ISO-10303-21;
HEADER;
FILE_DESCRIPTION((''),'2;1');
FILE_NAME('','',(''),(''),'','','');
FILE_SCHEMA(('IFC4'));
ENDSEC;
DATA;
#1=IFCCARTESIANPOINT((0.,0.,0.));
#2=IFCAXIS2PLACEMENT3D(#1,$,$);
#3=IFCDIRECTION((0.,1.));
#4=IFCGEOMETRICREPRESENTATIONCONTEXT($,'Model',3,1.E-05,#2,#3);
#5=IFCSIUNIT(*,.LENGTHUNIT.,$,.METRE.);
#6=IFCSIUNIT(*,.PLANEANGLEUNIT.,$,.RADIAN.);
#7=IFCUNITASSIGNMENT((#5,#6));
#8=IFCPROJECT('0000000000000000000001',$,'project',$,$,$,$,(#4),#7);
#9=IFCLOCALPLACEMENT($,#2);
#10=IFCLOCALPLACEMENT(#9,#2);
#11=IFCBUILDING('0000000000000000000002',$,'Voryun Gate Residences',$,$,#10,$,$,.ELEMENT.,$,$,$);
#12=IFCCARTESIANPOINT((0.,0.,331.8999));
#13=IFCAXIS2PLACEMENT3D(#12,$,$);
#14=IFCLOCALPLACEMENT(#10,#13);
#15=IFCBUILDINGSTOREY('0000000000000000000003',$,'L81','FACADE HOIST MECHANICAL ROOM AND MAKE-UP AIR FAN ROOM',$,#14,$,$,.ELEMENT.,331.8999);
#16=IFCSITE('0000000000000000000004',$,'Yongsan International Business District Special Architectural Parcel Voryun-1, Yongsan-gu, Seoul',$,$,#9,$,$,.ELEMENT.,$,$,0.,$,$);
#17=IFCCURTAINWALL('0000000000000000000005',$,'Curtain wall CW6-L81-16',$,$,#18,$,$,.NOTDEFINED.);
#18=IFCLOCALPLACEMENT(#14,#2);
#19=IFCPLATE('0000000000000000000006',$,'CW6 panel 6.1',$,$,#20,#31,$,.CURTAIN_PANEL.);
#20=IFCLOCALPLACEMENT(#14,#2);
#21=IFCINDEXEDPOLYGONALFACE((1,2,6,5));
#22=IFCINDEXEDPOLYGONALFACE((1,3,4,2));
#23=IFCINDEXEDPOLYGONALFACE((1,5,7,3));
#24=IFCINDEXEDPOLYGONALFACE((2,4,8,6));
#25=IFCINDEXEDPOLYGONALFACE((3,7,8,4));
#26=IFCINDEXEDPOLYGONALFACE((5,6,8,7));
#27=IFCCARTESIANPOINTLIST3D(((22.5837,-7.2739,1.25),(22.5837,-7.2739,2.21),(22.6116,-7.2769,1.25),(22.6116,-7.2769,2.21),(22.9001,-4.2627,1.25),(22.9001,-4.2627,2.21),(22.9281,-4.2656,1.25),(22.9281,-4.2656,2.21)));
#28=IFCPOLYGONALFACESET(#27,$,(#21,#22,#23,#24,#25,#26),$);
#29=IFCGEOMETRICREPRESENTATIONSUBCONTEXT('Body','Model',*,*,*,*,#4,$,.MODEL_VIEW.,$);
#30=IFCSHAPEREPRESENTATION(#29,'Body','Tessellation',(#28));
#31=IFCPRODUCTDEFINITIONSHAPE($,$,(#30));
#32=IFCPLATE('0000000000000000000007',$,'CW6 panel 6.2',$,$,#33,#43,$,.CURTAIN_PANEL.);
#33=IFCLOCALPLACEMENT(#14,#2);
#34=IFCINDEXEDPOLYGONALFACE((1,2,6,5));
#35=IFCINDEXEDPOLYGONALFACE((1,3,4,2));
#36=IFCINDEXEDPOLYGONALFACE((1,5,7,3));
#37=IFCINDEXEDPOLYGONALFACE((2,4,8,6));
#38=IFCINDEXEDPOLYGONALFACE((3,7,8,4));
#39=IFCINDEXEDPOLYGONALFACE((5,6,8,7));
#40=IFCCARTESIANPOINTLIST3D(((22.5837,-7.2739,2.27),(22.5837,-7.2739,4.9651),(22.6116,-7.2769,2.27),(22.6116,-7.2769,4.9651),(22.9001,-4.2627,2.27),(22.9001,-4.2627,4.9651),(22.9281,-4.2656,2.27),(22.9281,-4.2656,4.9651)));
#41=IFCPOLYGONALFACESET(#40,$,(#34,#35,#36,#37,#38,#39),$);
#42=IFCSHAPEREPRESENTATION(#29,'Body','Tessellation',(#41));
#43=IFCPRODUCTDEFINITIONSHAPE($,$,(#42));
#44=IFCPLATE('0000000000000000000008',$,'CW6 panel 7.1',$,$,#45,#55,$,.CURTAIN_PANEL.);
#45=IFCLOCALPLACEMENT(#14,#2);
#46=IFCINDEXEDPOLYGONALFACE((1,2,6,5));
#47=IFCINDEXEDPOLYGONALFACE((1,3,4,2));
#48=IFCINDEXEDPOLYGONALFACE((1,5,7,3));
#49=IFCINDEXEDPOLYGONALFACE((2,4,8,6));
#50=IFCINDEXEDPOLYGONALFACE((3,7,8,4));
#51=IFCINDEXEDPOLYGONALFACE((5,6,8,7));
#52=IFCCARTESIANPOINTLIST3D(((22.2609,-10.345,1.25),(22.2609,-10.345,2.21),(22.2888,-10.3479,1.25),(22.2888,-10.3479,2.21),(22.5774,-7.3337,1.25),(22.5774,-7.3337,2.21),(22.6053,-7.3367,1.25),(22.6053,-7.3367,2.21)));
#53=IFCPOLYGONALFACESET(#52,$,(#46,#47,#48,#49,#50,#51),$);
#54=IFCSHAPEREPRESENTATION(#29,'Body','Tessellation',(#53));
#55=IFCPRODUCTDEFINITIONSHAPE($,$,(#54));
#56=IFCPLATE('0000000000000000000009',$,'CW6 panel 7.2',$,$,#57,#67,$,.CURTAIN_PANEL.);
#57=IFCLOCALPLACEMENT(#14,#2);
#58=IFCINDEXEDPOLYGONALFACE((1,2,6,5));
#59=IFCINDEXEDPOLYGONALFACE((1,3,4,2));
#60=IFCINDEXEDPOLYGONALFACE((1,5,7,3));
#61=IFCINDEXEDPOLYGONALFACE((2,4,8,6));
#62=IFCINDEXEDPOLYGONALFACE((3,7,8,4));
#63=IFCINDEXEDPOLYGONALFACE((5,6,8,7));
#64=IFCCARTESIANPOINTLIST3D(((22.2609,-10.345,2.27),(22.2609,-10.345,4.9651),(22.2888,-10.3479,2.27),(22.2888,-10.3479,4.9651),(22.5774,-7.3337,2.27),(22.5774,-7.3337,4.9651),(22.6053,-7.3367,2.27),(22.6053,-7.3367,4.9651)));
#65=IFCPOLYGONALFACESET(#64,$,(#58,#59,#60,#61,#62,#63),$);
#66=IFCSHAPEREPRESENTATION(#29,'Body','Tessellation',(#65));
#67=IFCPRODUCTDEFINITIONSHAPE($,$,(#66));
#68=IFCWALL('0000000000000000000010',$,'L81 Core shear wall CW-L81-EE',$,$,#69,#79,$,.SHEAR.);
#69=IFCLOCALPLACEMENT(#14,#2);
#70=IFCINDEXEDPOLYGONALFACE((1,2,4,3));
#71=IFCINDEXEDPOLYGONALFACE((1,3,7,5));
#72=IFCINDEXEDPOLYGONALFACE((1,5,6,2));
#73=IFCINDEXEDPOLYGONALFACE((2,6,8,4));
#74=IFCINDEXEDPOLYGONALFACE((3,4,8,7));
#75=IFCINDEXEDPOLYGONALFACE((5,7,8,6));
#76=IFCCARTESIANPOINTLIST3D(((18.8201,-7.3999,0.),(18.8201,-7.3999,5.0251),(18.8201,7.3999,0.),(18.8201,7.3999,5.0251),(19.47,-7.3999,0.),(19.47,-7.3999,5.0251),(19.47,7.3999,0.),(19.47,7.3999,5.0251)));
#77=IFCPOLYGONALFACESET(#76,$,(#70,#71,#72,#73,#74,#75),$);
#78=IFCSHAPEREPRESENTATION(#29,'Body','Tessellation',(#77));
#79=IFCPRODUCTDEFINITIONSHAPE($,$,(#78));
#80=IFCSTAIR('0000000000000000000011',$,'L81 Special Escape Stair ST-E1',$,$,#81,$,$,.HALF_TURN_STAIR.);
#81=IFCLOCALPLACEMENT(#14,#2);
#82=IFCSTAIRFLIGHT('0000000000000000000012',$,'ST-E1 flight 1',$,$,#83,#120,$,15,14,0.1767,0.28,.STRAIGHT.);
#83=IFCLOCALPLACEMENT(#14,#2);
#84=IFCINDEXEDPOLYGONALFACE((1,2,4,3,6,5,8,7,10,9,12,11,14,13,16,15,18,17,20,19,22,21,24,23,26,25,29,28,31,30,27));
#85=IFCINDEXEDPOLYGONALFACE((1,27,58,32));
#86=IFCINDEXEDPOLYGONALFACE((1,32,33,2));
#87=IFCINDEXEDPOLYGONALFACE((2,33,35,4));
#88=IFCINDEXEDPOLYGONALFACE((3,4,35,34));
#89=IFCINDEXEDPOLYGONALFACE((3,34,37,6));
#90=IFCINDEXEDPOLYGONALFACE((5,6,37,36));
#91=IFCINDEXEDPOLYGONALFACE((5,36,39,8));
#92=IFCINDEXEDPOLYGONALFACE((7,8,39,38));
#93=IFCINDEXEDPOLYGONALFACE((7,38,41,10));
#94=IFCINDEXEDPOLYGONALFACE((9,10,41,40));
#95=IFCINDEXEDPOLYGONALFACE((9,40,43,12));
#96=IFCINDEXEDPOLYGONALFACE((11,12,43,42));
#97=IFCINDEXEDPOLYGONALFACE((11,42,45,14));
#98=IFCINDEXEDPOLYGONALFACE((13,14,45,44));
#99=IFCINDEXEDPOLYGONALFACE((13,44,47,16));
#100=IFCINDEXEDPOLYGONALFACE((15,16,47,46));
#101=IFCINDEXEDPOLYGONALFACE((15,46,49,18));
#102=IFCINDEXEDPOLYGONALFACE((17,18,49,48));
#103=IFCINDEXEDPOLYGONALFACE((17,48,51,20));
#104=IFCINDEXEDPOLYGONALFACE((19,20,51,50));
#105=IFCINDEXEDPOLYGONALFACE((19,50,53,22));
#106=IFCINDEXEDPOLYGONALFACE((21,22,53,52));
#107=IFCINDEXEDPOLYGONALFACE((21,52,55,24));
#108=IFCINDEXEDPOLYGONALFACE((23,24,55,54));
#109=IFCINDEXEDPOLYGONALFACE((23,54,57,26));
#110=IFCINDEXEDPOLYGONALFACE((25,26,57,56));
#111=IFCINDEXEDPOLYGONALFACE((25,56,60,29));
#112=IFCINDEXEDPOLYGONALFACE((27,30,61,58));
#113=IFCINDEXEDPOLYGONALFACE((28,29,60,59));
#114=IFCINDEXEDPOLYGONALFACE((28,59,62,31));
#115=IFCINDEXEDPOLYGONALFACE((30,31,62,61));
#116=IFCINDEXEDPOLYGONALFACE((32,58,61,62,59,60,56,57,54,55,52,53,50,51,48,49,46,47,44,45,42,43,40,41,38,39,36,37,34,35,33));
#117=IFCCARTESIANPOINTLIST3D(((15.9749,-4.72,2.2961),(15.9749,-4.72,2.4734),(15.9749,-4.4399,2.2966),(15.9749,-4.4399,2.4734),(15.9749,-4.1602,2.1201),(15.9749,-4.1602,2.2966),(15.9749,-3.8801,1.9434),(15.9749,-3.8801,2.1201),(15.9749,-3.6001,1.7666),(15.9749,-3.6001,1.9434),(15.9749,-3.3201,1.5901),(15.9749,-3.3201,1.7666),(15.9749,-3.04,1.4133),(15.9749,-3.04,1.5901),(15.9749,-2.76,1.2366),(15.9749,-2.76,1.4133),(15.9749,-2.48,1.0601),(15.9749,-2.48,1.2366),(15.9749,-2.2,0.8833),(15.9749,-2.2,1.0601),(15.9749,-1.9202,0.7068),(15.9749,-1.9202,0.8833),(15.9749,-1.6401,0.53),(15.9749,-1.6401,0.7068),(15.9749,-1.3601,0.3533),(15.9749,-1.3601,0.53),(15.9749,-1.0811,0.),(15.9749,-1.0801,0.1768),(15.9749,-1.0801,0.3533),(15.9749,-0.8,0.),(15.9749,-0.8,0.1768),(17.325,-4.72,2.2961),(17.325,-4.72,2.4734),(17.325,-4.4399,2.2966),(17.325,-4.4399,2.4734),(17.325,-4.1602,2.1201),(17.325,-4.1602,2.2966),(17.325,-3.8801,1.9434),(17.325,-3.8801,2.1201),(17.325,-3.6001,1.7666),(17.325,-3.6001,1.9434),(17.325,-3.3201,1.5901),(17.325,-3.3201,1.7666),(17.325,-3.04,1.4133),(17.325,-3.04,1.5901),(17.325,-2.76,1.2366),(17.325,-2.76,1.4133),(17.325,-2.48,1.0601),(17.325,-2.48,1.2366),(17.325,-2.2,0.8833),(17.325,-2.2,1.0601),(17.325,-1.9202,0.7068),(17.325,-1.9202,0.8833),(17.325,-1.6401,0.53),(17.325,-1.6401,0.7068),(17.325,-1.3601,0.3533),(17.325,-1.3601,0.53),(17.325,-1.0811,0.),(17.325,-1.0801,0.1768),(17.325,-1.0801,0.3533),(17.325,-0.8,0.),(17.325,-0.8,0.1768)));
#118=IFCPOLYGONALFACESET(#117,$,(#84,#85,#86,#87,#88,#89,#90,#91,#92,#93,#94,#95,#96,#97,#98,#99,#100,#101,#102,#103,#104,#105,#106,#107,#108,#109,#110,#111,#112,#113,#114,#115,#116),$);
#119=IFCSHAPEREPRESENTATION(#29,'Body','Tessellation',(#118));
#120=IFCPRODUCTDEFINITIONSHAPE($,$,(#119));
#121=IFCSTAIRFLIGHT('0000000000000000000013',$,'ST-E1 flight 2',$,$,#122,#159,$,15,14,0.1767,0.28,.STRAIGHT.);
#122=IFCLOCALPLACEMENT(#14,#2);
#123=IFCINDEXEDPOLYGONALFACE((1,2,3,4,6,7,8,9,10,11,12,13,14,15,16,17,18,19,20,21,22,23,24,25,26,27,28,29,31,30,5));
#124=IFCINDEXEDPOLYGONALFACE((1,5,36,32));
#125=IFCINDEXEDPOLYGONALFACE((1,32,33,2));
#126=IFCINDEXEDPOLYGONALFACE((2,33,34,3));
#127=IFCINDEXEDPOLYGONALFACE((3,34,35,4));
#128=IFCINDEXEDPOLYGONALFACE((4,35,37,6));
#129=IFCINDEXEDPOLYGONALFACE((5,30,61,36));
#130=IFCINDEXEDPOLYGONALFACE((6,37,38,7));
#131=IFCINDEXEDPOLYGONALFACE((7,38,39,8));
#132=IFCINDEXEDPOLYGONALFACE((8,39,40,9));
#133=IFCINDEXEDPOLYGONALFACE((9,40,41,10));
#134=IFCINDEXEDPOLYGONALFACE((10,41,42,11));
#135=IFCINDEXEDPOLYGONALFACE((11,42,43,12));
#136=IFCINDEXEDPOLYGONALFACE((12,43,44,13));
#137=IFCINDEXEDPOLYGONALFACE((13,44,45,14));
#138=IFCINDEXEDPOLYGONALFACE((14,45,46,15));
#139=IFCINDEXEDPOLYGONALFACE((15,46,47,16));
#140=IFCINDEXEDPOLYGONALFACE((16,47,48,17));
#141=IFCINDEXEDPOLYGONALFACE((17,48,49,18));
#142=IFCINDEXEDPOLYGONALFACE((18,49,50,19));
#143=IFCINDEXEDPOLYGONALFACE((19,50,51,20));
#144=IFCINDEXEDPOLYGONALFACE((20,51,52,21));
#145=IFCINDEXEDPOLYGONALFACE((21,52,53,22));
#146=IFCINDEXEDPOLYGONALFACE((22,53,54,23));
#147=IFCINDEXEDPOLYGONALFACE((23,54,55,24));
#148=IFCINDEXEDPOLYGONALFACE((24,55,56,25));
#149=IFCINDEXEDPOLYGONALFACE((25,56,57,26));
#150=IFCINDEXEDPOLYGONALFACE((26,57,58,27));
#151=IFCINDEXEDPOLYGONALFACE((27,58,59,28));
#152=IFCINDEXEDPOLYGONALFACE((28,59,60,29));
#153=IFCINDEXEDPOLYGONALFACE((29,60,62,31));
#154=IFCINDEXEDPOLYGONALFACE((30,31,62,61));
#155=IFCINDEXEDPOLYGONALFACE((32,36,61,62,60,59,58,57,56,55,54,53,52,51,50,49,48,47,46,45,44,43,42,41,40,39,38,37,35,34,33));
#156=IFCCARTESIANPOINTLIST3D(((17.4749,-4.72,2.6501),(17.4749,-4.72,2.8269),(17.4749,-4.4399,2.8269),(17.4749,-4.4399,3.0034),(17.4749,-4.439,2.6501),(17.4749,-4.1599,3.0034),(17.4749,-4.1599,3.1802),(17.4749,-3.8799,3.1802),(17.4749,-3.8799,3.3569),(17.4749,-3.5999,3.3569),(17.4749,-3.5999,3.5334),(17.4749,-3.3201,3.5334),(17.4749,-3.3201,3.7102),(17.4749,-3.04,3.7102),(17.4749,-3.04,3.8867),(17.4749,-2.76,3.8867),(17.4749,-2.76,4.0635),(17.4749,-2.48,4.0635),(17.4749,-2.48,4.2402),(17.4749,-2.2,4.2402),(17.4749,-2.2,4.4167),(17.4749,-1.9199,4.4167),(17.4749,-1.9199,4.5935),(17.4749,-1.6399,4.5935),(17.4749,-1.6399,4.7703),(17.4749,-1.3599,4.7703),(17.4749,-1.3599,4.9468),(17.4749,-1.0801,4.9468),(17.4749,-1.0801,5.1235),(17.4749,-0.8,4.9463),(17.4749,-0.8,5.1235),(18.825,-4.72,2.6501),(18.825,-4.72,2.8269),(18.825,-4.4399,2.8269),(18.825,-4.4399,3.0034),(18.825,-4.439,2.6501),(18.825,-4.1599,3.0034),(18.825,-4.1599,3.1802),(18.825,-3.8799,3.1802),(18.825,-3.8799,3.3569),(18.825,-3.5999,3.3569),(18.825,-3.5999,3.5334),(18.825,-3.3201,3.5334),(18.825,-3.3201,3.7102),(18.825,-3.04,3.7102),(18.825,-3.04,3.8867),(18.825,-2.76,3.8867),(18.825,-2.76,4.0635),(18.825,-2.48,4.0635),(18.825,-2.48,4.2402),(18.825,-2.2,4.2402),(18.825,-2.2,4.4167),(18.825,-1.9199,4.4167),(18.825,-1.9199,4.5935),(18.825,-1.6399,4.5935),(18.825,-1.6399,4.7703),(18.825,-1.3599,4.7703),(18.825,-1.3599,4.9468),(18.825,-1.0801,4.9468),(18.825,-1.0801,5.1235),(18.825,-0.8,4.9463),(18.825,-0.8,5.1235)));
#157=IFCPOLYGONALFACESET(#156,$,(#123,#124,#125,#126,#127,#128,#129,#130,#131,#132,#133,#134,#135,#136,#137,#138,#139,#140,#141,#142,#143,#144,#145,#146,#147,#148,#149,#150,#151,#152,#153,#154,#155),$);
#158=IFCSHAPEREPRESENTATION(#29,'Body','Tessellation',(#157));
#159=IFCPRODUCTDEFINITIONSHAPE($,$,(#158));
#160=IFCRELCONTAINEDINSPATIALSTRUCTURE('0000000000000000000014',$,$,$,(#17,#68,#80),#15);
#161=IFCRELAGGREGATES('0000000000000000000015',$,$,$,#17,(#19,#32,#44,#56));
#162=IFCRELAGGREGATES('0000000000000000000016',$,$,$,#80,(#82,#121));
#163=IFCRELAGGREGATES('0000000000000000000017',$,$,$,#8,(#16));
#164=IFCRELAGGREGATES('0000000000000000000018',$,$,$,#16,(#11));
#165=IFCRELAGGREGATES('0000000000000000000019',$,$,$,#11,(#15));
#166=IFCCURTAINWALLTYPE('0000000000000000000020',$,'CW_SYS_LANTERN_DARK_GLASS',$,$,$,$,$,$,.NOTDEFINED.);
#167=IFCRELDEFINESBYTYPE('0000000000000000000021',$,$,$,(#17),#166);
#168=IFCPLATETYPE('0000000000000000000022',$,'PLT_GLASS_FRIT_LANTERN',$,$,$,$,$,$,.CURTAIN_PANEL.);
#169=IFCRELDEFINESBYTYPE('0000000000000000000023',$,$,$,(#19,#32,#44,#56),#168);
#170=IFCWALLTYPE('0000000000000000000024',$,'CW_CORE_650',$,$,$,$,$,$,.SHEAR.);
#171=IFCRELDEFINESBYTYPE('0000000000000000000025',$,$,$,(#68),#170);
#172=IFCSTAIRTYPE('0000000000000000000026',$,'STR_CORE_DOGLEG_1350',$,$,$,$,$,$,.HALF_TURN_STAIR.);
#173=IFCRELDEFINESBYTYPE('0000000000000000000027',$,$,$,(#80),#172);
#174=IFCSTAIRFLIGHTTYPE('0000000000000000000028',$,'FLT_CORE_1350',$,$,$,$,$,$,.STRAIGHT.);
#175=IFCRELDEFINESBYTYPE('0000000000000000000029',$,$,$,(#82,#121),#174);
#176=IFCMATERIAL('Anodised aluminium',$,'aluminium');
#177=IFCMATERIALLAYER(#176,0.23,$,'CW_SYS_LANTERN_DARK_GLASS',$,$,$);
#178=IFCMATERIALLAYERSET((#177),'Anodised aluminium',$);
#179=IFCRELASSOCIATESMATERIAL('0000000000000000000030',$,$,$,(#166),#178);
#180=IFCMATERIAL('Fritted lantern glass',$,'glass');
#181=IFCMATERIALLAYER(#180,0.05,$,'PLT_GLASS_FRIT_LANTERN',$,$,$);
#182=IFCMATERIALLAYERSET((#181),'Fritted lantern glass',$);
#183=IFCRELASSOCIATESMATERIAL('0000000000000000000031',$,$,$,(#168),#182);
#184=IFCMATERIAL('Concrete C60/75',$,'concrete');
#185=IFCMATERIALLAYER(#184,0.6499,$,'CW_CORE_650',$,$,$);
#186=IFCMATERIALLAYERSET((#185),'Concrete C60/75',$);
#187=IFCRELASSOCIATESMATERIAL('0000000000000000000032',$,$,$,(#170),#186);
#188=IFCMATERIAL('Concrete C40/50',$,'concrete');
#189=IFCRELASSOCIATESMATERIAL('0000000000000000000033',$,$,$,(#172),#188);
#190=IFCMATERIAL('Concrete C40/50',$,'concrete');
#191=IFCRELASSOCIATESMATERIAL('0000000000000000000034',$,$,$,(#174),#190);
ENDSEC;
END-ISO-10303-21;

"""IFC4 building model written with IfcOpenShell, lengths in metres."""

from ifc_helpers import new_model, si_unit, direction, frame, frame_2d, origin, origin_2d, place, context, subcontext, project, spatial, polyline, rectangle, outline, extrude, material, layer, layer_set, type_object, element, aggregate, save


model = new_model("IFC4")

# Units and contexts
model_context = context("Model", 3, precision=1e-05, world=origin(), true_north=direction((0.0, 1.0)))
body_context = subcontext(model_context, "Body", "Model", "MODEL_VIEW")
ifc_project = project(units=[si_unit("LENGTHUNIT", "METRE"), si_unit("PLANEANGLEUNIT", "RADIAN")], contexts=[model_context])

# Site, building, storey
site_placement = place(None, origin())
site = spatial("IfcSite", under=ifc_project, at=site_placement, Name="Yongsan International Business District Special Architectural Parcel Voryun-1, Yongsan-gu, Seoul", CompositionType="ELEMENT", RefElevation=0.0)
building_placement = place(site_placement, origin())
building = spatial("IfcBuilding", under=site, at=building_placement, Name="Voryun Gate Residences", CompositionType="ELEMENT")
storey_placement = place(building_placement, frame((0.0, 0.0, 331.8999)))
storey = spatial("IfcBuildingStorey", under=building, at=storey_placement, Name="L81", Description="FACADE HOIST MECHANICAL ROOM AND MAKE-UP AIR FAN ROOM", CompositionType="ELEMENT", Elevation=331.8999)

# Curtain wall
ifc_material_1 = material(Name="Anodised aluminium", Category="aluminium")
ifc_layer_1 = layer(ifc_material_1, 0.23, Name="CW_SYS_LANTERN_DARK_GLASS")
ifc_layer_set_1 = layer_set([ifc_layer_1], Name="Anodised aluminium")
curtain_wall_type = type_object("IfcCurtainWallType", Name="CW_SYS_LANTERN_DARK_GLASS", PredefinedType="NOTDEFINED", material=ifc_layer_set_1)
curtain_wall_placement = place(storey_placement, origin())
curtain_wall = element("IfcCurtainWall", 1, at=curtain_wall_placement, inside=storey, type_object=curtain_wall_type, Name="Curtain wall CW6-L81-16", PredefinedType="NOTDEFINED")

# Plates
ifc_material_2 = material(Name="Fritted lantern glass", Category="glass")
ifc_layer_2 = layer(ifc_material_2, 0.05, Name="PLT_GLASS_FRIT_LANTERN")
ifc_layer_set_2 = layer_set([ifc_layer_2], Name="Fritted lantern glass")
plate_type_1 = type_object("IfcPlateType", Name="PLT_GLASS_FRIT_LANTERN", PredefinedType="CURTAIN_PANEL", material=ifc_layer_set_2)
plate_1_placement = place(storey_placement, frame((22.7559, -5.7698, 1.25), z_axis=(0.0, 0.0, 1.0), x_axis=(-0.104528, -0.994522, 0.0)))
plate_1 = element("IfcPlate", 2, at=plate_1_placement, type_object=plate_type_1, Name="CW6 panel 6.1", PredefinedType="CURTAIN_PANEL", context=body_context, shape_type="SweptSolid", body=[
    extrude(rectangle(XDim=3.0278, YDim=0.0281, at=origin_2d()), origin(), (0.0, 0.0, 1.0), 0.96),
])
plate_2_placement = place(storey_placement, frame((22.7559, -5.7698, 2.27), z_axis=(0.0, 0.0, 1.0), x_axis=(-0.104528, -0.994522, 0.0)))
plate_2 = element("IfcPlate", 3, at=plate_2_placement, type_object=plate_type_1, Name="CW6 panel 6.2", PredefinedType="CURTAIN_PANEL", context=body_context, shape_type="SweptSolid", body=[
    extrude(rectangle(XDim=3.0278, YDim=0.0281, at=origin_2d()), origin(), (0.0, 0.0, 1.0), 2.6951),
])
plate_3_placement = place(storey_placement, frame((22.4331, -8.8408, 1.25), z_axis=(0.0, 0.0, 1.0), x_axis=(-0.104528, -0.994522, 0.0)))
plate_3 = element("IfcPlate", 4, at=plate_3_placement, type_object=plate_type_1, Name="CW6 panel 7.1", PredefinedType="CURTAIN_PANEL", context=body_context, shape_type="SweptSolid", body=[
    extrude(rectangle(XDim=3.0278, YDim=0.0281, at=origin_2d()), origin(), (0.0, 0.0, 1.0), 0.96),
])
plate_4_placement = place(storey_placement, frame((22.4331, -8.8408, 2.27), z_axis=(0.0, 0.0, 1.0), x_axis=(-0.104528, -0.994522, 0.0)))
plate_4 = element("IfcPlate", 5, at=plate_4_placement, type_object=plate_type_1, Name="CW6 panel 7.2", PredefinedType="CURTAIN_PANEL", context=body_context, shape_type="SweptSolid", body=[
    extrude(rectangle(XDim=3.0278, YDim=0.0281, at=origin_2d()), origin(), (0.0, 0.0, 1.0), 2.6951),
])
aggregate(curtain_wall, [plate_1, plate_2, plate_3, plate_4])

# Wall
ifc_material_3 = material(Name="Concrete C60/75", Category="concrete")
ifc_layer_3 = layer(ifc_material_3, 0.6499, Name="CW_CORE_650")
ifc_layer_set_3 = layer_set([ifc_layer_3], Name="Concrete C60/75")
wall_type = type_object("IfcWallType", Name="CW_CORE_650", PredefinedType="SHEAR", material=ifc_layer_set_3)
wall_placement = place(storey_placement, frame((19.145, -7.3999, 0.0), z_axis=(0.0, 0.0, 1.0), x_axis=(0.0, 1.0, 0.0)))
element("IfcWall", 6, at=wall_placement, inside=storey, type_object=wall_type, Name="L81 Core shear wall CW-L81-EE", PredefinedType="SHEAR", context=body_context, shape_type="SweptSolid", body=[
    extrude(rectangle(XDim=14.7998, YDim=0.6499, at=frame_2d((7.3999, 0.0))), origin(), (0.0, 0.0, 1.0), 5.0251),
])

# Stair, stair flights
ifc_material_4 = material(Name="Concrete C40/50", Category="concrete")
stair_type = type_object("IfcStairType", Name="STR_CORE_DOGLEG_1350", PredefinedType="HALF_TURN_STAIR", material=ifc_material_4)
stair_placement = place(storey_placement, origin())
stair = element("IfcStair", 7, at=stair_placement, inside=storey, type_object=stair_type, Name="L81 Special Escape Stair ST-E1", PredefinedType="HALF_TURN_STAIR")
ifc_material_5 = material(Name="Concrete C40/50", Category="concrete")
stair_flight_type = type_object("IfcStairFlightType", Name="FLT_CORE_1350", PredefinedType="STRAIGHT", material=ifc_material_5)
stair_flight_1_placement = place(storey_placement, frame((16.6499, -0.8, 0.0), z_axis=(0.0, 0.0, 1.0), x_axis=(0.0, -1.0, 0.0)))
stair_flight_1 = element("IfcStairFlight", 8, at=stair_flight_1_placement, type_object=stair_flight_type, Name="ST-E1 flight 1", NumberOfRisers=15, NumberOfTreads=14, PredefinedType="STRAIGHT", RiserHeight=0.1767, TreadLength=0.28, context=body_context, shape_type="SweptSolid", body=[
    extrude(outline(polyline([(0.0, 0.0), (0.0, 0.1768), (0.28, 0.1768), (0.28, 0.3533), (0.5601, 0.3533), (0.5601, 0.53), (0.8401, 0.53), (0.8401, 0.7068), (1.1201, 0.7068), (1.1201, 0.8833), (1.3999, 0.8833), (1.3999, 1.0601), (1.6799, 1.0601), (1.6799, 1.2366), (1.96, 1.2366), (1.96, 1.4133), (2.24, 1.4133), (2.24, 1.5901), (2.52, 1.5901), (2.52, 1.7666), (2.8, 1.7666), (2.8, 1.9434), (3.0801, 1.9434), (3.0801, 2.1201), (3.3601, 2.1201), (3.3601, 2.2966), (3.6399, 2.2966), (3.6399, 2.4734), (3.9199, 2.4734), (3.9199, 2.6499), (3.9199, 2.2961), (0.281, 0.0), (0.0, 0.0)])), frame((0.0, 0.675, 0.0), z_axis=(0.0, -1.0, 0.0), x_axis=(1.0, 0.0, 0.0)), (0.0, 0.0, 1.0), 1.3501),
])
stair_flight_2_placement = place(storey_placement, frame((18.1499, -4.72, 2.6501), z_axis=(0.0, 0.0, 1.0), x_axis=(0.0, 1.0, 0.0)))
stair_flight_2 = element("IfcStairFlight", 9, at=stair_flight_2_placement, type_object=stair_flight_type, Name="ST-E1 flight 2", NumberOfRisers=15, NumberOfTreads=14, PredefinedType="STRAIGHT", RiserHeight=0.1767, TreadLength=0.28, context=body_context, shape_type="SweptSolid", body=[
    extrude(outline(polyline([(0.0, 0.0), (0.0, 0.1768), (0.28, 0.1768), (0.28, 0.3533), (0.5601, 0.3533), (0.5601, 0.53), (0.8401, 0.53), (0.8401, 0.7068), (1.1201, 0.7068), (1.1201, 0.8833), (1.3999, 0.8833), (1.3999, 1.0601), (1.6799, 1.0601), (1.6799, 1.2366), (1.96, 1.2366), (1.96, 1.4133), (2.24, 1.4133), (2.24, 1.5901), (2.52, 1.5901), (2.52, 1.7666), (2.8, 1.7666), (2.8, 1.9434), (3.0801, 1.9434), (3.0801, 2.1201), (3.3601, 2.1201), (3.3601, 2.2966), (3.6399, 2.2966), (3.6399, 2.4734), (3.9199, 2.4734), (3.9199, 2.6499), (3.9199, 2.2961), (0.281, 0.0), (0.0, 0.0)])), frame((0.0, 0.675, 0.0), z_axis=(0.0, -1.0, 0.0), x_axis=(1.0, 0.0, 0.0)), (0.0, 0.0, 1.0), 1.3501),
])
aggregate(stair, [stair_flight_1, stair_flight_2])

save(model, "model.ifc")
